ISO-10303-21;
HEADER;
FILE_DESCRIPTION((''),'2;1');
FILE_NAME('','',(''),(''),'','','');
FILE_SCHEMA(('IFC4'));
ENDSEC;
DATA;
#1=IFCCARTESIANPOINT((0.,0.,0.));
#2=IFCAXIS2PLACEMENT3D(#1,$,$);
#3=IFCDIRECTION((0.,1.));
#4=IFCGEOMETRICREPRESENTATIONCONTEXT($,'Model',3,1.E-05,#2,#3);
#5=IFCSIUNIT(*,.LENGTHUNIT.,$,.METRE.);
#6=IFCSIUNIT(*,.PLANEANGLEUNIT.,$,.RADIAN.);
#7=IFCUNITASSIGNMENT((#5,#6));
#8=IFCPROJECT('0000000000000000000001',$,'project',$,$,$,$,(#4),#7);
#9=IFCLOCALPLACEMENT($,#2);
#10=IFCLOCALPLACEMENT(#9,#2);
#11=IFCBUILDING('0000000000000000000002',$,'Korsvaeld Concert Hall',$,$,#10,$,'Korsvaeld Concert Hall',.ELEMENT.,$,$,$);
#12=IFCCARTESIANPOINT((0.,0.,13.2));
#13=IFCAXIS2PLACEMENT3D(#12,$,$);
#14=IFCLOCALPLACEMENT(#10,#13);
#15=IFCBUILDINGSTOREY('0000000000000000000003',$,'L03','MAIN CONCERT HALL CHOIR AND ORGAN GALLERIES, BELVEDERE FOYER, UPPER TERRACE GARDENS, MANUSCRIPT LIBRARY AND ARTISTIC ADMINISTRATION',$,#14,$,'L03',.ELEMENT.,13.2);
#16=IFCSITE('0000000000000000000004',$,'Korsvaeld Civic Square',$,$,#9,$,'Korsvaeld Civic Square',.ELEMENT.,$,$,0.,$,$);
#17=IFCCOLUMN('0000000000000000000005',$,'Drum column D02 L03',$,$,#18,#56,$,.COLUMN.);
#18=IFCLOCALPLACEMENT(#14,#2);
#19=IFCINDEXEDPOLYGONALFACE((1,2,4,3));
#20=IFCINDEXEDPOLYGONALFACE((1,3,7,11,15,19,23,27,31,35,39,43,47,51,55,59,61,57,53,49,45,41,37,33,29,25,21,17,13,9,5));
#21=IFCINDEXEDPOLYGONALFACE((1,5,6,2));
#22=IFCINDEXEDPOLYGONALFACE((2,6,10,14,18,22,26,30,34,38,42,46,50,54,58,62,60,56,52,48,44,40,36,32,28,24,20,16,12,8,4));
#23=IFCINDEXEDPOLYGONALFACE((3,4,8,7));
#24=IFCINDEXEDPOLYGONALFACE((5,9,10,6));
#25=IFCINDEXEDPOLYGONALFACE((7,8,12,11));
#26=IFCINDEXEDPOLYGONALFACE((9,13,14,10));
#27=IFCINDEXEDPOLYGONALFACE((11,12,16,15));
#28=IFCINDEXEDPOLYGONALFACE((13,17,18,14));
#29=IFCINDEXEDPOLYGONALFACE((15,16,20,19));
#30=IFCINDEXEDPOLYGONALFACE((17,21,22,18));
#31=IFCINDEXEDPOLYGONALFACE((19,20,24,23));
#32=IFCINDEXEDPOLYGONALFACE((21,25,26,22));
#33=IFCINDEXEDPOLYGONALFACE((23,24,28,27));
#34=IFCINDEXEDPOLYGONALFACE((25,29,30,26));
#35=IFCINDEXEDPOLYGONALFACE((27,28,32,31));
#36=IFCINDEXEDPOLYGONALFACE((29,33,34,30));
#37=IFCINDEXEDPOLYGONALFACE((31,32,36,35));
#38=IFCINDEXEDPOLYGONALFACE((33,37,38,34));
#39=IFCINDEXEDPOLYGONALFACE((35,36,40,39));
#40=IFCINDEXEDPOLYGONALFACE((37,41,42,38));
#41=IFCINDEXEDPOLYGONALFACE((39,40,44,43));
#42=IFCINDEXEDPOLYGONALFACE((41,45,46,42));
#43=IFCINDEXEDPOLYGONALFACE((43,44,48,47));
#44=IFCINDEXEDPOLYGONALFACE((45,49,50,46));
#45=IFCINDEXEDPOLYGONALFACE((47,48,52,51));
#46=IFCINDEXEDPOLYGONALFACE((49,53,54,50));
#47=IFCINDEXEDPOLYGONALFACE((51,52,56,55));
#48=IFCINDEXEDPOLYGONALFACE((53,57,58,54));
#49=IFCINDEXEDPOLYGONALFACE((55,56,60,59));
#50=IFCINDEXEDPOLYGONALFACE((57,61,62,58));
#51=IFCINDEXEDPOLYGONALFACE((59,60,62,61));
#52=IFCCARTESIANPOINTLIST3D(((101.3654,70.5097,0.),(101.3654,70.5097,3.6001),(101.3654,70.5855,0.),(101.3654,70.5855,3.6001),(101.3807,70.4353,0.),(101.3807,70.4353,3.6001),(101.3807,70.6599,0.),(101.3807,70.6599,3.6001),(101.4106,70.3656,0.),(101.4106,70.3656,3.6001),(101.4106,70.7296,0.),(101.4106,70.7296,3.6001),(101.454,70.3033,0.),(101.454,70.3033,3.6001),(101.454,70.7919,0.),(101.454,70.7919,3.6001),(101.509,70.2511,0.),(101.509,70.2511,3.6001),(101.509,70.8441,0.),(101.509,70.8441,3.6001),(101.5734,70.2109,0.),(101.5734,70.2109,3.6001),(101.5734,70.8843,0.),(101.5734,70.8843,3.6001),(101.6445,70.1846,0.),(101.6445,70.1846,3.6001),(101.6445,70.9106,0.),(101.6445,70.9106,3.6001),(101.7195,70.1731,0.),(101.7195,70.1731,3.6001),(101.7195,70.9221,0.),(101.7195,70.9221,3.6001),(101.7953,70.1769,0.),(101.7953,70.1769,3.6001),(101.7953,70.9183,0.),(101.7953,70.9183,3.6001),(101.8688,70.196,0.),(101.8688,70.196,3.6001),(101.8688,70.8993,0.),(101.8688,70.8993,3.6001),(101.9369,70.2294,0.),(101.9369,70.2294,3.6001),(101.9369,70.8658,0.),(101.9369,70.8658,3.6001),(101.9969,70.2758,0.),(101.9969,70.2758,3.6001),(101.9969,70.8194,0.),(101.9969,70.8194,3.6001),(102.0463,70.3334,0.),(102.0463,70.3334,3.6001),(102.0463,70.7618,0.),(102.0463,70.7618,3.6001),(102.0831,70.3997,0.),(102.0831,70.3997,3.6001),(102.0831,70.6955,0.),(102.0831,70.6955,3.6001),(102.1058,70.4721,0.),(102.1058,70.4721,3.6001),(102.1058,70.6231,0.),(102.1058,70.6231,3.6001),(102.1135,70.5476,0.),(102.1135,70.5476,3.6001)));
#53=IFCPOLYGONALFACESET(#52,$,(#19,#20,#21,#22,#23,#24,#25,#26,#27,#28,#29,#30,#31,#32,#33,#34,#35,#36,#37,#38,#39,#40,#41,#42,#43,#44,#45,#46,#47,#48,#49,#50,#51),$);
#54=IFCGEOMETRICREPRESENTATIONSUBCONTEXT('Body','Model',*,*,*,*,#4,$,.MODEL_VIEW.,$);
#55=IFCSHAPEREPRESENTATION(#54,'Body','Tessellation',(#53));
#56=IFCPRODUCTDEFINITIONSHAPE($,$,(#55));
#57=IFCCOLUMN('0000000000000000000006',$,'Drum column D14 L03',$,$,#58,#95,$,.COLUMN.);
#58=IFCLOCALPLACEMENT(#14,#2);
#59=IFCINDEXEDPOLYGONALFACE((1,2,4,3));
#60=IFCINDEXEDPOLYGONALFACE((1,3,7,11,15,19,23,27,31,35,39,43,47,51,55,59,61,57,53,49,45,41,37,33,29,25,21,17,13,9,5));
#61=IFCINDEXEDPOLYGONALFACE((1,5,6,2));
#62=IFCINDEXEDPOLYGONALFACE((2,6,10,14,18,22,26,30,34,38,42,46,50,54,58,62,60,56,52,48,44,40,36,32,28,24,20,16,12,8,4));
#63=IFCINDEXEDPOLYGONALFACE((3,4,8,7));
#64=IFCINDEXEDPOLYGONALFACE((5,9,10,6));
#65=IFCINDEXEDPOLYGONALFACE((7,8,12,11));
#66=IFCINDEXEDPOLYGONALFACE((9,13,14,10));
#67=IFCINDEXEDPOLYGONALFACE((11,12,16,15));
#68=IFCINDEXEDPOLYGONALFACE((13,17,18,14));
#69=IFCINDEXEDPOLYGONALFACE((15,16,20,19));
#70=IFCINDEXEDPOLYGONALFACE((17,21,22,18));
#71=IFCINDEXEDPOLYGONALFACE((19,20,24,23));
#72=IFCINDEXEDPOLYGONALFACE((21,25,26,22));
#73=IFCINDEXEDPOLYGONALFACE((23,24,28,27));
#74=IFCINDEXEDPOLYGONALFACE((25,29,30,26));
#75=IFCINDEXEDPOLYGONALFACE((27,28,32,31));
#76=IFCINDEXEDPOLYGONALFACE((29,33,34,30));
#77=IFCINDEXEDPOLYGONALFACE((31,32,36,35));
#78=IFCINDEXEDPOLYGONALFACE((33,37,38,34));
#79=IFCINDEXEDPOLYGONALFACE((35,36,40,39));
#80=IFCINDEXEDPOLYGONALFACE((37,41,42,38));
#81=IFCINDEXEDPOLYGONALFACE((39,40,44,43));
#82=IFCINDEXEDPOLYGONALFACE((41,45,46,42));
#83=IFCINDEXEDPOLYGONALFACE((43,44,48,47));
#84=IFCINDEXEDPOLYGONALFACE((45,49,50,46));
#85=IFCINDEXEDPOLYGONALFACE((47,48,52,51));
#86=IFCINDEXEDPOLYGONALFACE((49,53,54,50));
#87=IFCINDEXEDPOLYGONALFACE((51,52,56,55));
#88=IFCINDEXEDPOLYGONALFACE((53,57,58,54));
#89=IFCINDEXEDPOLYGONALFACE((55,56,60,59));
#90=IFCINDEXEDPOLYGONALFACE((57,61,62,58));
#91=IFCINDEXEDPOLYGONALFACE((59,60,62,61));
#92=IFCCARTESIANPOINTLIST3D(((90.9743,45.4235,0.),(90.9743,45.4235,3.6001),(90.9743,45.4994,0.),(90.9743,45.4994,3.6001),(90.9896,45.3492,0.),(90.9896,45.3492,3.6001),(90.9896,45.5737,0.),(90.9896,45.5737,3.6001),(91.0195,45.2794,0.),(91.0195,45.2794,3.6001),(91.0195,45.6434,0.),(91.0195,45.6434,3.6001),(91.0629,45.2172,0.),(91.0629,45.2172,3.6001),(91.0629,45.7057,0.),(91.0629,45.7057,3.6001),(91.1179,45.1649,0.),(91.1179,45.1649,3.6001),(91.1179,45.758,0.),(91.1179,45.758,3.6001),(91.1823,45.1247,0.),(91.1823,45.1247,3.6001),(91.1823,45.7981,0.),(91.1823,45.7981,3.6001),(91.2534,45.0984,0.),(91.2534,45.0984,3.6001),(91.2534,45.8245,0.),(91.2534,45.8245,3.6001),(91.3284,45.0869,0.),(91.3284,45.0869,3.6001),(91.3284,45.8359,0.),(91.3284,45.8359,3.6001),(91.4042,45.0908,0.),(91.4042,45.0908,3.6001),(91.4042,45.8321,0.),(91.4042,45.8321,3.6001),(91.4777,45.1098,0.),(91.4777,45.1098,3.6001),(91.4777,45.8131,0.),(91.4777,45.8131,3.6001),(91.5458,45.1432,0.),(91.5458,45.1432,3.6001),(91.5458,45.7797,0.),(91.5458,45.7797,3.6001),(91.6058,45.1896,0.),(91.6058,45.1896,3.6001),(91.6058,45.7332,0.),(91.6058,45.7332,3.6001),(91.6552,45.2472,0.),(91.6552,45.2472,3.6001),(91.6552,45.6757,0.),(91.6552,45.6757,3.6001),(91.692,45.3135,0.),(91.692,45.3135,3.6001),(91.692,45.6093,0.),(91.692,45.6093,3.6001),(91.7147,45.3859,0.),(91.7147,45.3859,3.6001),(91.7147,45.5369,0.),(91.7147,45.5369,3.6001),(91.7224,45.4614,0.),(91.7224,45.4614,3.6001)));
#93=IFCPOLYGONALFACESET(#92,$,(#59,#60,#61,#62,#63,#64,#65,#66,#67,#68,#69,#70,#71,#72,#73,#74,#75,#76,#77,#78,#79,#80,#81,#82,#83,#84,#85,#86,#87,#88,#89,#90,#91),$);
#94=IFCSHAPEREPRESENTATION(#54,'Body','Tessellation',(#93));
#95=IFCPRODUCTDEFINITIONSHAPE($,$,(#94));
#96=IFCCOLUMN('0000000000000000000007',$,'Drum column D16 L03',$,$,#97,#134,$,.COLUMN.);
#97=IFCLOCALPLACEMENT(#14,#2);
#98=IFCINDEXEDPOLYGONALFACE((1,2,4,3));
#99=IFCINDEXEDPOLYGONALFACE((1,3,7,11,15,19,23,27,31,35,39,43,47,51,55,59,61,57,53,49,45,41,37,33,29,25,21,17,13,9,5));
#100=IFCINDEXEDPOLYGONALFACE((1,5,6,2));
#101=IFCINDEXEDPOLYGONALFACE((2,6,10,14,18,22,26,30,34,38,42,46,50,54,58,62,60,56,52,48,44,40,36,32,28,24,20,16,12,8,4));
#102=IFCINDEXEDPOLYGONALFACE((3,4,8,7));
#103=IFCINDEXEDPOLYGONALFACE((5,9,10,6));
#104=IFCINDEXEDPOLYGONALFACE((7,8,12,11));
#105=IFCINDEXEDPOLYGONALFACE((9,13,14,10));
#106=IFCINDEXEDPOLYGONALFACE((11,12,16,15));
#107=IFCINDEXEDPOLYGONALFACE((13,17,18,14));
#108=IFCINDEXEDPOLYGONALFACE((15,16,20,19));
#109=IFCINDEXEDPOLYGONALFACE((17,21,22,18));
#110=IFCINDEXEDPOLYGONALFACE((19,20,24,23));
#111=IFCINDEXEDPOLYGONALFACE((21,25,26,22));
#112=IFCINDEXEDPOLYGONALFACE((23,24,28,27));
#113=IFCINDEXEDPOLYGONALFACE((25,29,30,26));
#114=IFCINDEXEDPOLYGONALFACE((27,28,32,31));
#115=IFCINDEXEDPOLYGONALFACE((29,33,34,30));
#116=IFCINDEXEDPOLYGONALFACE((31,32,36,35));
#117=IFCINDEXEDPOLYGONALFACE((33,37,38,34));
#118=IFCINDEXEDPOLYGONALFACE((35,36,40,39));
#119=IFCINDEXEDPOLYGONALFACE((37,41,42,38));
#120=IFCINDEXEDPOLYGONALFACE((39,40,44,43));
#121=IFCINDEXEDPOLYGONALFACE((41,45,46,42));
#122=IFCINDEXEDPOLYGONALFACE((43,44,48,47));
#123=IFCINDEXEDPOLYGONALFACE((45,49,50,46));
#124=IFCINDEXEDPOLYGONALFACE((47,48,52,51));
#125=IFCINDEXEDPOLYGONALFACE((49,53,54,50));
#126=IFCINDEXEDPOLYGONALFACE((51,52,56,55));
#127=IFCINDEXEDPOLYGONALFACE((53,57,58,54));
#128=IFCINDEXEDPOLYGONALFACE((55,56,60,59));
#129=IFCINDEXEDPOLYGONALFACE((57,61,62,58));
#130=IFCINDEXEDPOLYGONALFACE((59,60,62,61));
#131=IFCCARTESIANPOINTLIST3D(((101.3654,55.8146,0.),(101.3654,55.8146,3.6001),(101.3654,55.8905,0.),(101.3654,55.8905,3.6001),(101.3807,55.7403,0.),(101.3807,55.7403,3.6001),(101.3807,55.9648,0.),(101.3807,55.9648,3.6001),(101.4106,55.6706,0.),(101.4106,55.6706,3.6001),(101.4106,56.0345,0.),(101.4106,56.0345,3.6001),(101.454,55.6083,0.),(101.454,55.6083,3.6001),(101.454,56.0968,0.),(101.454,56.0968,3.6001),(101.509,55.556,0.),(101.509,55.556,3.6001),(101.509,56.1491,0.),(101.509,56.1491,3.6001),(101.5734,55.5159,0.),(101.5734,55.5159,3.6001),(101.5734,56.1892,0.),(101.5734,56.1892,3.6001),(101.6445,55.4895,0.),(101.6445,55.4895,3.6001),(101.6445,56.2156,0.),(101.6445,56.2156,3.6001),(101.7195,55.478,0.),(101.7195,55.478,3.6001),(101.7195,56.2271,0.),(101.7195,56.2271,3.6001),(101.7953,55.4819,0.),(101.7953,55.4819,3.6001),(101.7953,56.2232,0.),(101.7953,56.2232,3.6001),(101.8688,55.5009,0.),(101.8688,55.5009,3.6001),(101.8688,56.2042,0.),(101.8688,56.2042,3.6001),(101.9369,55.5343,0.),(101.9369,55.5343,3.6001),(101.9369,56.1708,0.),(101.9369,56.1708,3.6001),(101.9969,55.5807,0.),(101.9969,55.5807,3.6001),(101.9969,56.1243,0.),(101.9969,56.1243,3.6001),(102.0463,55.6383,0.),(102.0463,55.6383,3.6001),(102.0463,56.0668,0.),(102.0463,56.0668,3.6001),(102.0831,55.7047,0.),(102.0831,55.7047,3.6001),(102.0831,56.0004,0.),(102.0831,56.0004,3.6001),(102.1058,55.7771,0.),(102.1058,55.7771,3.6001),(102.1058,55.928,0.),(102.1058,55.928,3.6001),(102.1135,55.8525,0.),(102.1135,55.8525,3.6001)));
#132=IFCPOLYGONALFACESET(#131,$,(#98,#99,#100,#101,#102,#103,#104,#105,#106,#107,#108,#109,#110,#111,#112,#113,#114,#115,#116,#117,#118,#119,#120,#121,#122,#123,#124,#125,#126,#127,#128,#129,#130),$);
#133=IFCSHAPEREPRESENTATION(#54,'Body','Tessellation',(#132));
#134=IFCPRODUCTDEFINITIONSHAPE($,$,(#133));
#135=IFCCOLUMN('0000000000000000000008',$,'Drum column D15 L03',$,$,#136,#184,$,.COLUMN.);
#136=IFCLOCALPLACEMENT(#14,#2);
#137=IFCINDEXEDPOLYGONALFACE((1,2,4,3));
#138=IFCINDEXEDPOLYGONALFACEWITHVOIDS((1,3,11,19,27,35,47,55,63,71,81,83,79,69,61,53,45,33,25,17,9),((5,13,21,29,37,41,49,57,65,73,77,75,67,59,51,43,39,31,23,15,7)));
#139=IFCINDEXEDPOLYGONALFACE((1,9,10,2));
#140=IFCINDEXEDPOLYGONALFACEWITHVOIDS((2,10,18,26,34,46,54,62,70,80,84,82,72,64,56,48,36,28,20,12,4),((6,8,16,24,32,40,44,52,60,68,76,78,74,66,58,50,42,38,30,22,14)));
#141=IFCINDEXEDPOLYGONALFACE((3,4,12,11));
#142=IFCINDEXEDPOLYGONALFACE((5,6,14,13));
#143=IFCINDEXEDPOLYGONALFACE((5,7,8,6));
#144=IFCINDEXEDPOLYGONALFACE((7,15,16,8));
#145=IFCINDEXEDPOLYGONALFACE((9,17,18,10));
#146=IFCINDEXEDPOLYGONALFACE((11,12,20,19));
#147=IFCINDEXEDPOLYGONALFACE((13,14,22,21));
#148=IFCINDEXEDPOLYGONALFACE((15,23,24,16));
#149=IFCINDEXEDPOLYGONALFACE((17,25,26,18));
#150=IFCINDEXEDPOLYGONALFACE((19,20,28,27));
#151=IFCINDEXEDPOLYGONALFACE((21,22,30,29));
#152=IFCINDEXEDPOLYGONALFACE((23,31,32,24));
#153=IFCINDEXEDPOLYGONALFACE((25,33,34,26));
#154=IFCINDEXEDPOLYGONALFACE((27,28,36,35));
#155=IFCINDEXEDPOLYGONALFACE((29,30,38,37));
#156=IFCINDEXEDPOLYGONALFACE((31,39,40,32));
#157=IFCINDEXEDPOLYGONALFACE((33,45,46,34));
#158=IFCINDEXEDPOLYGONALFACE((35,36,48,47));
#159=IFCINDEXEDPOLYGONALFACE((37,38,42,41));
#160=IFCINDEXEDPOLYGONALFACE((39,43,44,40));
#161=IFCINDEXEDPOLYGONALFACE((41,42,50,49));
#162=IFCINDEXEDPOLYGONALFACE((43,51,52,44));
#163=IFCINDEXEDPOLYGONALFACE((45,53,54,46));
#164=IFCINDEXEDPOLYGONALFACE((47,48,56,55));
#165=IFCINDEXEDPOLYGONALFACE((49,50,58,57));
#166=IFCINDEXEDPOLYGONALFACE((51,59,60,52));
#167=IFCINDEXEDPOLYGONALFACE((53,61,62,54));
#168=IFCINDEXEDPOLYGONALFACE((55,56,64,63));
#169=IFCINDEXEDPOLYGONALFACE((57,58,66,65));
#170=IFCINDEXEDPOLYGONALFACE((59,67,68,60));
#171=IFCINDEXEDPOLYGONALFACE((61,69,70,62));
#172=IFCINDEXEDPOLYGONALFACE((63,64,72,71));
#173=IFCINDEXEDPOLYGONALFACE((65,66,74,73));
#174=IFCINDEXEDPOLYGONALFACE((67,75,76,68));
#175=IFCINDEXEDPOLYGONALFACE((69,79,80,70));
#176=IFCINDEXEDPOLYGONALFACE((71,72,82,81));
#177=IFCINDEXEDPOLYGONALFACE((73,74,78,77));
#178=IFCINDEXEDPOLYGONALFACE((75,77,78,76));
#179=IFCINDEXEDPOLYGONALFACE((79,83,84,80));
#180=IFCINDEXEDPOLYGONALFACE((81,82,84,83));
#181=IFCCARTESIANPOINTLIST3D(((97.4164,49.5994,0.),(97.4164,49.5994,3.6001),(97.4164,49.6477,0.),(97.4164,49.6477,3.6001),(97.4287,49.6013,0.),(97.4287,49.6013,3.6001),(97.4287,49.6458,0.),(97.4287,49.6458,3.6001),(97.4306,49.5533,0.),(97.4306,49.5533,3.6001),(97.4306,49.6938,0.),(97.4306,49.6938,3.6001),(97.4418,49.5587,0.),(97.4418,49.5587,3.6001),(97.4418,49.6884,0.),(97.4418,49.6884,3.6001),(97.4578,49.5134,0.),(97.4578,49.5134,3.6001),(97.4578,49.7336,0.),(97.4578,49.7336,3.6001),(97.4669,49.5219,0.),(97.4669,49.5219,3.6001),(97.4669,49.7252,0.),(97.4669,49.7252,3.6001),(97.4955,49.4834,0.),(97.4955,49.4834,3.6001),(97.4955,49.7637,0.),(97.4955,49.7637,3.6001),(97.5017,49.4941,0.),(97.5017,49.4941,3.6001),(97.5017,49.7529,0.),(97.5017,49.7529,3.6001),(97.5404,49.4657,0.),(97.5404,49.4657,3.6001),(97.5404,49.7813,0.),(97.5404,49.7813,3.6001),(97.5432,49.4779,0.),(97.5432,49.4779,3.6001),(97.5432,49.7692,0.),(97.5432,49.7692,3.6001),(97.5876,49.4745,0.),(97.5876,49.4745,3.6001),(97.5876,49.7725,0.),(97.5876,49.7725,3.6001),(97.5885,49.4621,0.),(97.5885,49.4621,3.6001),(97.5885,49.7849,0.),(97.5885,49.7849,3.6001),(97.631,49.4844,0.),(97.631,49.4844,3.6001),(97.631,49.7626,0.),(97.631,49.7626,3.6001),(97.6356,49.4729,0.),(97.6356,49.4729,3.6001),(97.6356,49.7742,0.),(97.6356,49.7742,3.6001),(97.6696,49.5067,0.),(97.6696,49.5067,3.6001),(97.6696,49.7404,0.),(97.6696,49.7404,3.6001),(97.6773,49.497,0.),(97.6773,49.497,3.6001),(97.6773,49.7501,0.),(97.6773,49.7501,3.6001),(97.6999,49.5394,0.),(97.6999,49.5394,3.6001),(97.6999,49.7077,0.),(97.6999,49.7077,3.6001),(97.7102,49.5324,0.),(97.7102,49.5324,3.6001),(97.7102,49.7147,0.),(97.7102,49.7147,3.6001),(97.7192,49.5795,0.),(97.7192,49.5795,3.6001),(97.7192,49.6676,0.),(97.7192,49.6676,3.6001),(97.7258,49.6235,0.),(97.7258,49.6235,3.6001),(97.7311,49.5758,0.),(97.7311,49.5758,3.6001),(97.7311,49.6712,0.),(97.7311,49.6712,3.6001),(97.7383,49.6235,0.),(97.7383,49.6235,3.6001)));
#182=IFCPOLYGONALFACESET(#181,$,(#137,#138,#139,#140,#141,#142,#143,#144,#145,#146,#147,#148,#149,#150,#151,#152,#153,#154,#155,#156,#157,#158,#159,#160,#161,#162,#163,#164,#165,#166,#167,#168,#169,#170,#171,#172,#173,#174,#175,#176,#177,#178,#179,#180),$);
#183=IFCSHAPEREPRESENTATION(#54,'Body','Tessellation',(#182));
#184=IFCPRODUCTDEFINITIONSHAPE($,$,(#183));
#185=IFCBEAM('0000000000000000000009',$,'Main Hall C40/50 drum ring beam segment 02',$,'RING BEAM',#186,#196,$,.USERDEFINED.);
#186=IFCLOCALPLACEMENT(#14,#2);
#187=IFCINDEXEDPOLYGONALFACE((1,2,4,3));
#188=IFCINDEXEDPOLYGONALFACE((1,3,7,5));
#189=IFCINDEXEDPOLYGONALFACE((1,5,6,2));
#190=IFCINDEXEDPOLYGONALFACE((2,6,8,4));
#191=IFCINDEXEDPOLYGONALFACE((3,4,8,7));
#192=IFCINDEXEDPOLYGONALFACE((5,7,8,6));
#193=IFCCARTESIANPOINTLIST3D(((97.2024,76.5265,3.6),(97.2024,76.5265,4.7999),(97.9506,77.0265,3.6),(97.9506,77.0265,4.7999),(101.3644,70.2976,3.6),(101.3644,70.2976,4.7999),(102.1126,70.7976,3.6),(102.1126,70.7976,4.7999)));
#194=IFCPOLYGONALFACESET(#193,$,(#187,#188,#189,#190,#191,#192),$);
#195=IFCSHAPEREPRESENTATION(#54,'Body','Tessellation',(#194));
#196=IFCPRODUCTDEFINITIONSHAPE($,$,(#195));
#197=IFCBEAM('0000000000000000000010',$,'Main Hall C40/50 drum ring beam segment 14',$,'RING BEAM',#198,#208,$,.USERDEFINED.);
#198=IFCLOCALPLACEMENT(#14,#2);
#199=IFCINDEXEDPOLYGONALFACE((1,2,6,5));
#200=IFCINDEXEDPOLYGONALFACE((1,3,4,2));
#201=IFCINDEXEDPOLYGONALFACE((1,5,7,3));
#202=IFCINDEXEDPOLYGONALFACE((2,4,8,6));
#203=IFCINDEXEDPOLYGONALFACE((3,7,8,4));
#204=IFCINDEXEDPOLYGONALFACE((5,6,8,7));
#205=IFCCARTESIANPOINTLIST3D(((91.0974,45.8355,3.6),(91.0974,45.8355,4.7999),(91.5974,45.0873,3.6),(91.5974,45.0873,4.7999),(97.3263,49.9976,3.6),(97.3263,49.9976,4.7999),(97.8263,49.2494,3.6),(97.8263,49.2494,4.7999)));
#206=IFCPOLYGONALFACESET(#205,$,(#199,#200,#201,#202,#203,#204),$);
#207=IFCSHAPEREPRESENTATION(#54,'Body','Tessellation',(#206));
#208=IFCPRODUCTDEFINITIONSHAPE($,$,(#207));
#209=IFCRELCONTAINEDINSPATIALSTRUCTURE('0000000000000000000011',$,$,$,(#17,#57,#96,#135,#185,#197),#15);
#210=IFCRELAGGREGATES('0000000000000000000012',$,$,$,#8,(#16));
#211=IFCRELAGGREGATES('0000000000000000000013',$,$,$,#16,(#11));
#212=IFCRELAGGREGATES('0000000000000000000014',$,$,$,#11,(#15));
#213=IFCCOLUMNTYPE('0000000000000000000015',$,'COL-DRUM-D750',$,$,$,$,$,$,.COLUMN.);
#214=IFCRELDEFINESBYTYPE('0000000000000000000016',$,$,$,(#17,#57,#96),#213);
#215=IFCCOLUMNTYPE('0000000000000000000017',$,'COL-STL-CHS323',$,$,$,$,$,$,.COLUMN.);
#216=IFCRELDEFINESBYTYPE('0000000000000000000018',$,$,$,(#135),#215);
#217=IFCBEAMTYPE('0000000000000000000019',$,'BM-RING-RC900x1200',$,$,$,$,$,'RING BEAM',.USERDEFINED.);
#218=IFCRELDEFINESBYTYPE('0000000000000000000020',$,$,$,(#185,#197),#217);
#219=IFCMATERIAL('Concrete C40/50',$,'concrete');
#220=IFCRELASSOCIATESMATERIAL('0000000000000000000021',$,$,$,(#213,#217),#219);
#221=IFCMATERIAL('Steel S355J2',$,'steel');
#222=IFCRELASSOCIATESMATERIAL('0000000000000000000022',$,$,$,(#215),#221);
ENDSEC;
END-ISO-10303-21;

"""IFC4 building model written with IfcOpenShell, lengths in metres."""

from ifc_helpers import new_model, si_unit, direction, frame, origin, origin_2d, place, context, subcontext, project, spatial, rectangle, circle, hollow_circle, extrude, material, material_profile, profile_set, type_object, element, save


model = new_model("IFC4")

# Units and contexts
model_context = context("Model", 3, precision=1e-05, world=origin(), true_north=direction((0.0, 1.0)))
body_context = subcontext(model_context, "Body", "Model", "MODEL_VIEW")
ifc_project = project(units=[si_unit("LENGTHUNIT", "METRE"), si_unit("PLANEANGLEUNIT", "RADIAN")], contexts=[model_context])

# Site, building, storey
site_placement = place(None, origin())
site = spatial("IfcSite", under=ifc_project, at=site_placement, Name="Korsvaeld Civic Square", LongName="Korsvaeld Civic Square", CompositionType="ELEMENT", RefElevation=0.0)
building_placement = place(site_placement, origin())
building = spatial("IfcBuilding", under=site, at=building_placement, Name="Korsvaeld Concert Hall", LongName="Korsvaeld Concert Hall", CompositionType="ELEMENT")
storey_placement = place(building_placement, frame((0.0, 0.0, 13.2)))
storey = spatial("IfcBuildingStorey", under=building, at=storey_placement, Name="L03", Description="MAIN CONCERT HALL CHOIR AND ORGAN GALLERIES, BELVEDERE FOYER, UPPER TERRACE GARDENS, MANUSCRIPT LIBRARY AND ARTISTIC ADMINISTRATION", LongName="L03", CompositionType="ELEMENT", Elevation=13.2)

# Columns
ifc_material_1 = material(Name="Concrete C40/50", Category="concrete")
ifc_material_profile_1 = material_profile(ifc_material_1, circle(Radius=0.375, at=origin_2d()), Name="RC D750")
ifc_profile_set_1 = profile_set([ifc_material_profile_1], Name="Concrete C40/50")
column_type_1 = type_object("IfcColumnType", Name="COL-DRUM-D750", PredefinedType="COLUMN", material=ifc_profile_set_1)
for number, where, z_axis, x_axis, name in (
    (1, (101.7385, 70.5476, 0.0), (0.0, 0.0, 1.0), (1.0, 0.0, 0.0), "Drum column D02 L03"),
    (2, (91.3474, 45.4614, 0.0), (0.0, 0.0, 1.0), (1.0, 0.0, 0.0), "Drum column D14 L03"),
    (3, (101.7385, 55.8525, 0.0), (0.0, 0.0, 1.0), (1.0, 0.0, 0.0), "Drum column D16 L03"),
):
    element("IfcColumn", number, at=place(storey_placement, frame(where, z_axis=z_axis, x_axis=x_axis)), inside=storey, type_object=column_type_1, Name=name, PredefinedType="COLUMN", context=body_context, shape_type="SweptSolid", body=[
        extrude(circle(Radius=0.375, at=origin_2d()), origin(), (0.0, 0.0, 1.0), 3.6001),
    ])
ifc_material_2 = material(Name="Steel S355J2", Category="steel")
ifc_material_profile_2 = material_profile(ifc_material_2, hollow_circle(Radius=0.1619, WallThickness=0.0125, at=origin_2d()), Name="CHS 323.9x12.5")
ifc_profile_set_2 = profile_set([ifc_material_profile_2], Name="Steel S355J2")
column_type_2 = type_object("IfcColumnType", Name="COL-STL-CHS323", PredefinedType="COLUMN", material=ifc_profile_set_2)
column_placement = place(storey_placement, frame((97.5764, 49.6235, 0.0), z_axis=(0.0, 0.0, 1.0), x_axis=(1.0, 0.0, 0.0)))
element("IfcColumn", 4, at=column_placement, inside=storey, type_object=column_type_2, Name="Drum column D15 L03", PredefinedType="COLUMN", context=body_context, shape_type="SweptSolid", body=[
    extrude(hollow_circle(Radius=0.1619, WallThickness=0.0125, at=origin_2d()), origin(), (0.0, 0.0, 1.0), 3.6001),
])

# Beams
ifc_material_profile_3 = material_profile(ifc_material_1, rectangle(XDim=0.8999, YDim=1.2, at=origin_2d()), Name="RC 900x1200")
ifc_profile_set_3 = profile_set([ifc_material_profile_3], Name="Concrete C40/50")
beam_type = type_object("IfcBeamType", Name="BM-RING-RC900x1200", ElementType="RING BEAM", PredefinedType="USERDEFINED", material=ifc_profile_set_3)
for number, where, z_axis, x_axis, name in (
    (5, (101.7385, 70.5476, 4.2), (-0.555572, 0.831468, 0.0), (-0.831468, -0.555572, 0.0), "Main Hall C40/50 drum ring beam segment 02"),
    (6, (91.3474, 45.4614, 4.2), (0.831468, 0.555572, 0.0), (-0.555572, 0.831468, 0.0), "Main Hall C40/50 drum ring beam segment 14"),
):
    element("IfcBeam", number, at=place(storey_placement, frame(where, z_axis=z_axis, x_axis=x_axis)), inside=storey, type_object=beam_type, Name=name, ObjectType="RING BEAM", PredefinedType="USERDEFINED", context=body_context, shape_type="SweptSolid", body=[
        extrude(rectangle(XDim=0.8999, YDim=1.2, at=origin_2d()), origin(), (0.0, 0.0, 1.0), 7.4915),
    ])

save(model, "model.ifc")
